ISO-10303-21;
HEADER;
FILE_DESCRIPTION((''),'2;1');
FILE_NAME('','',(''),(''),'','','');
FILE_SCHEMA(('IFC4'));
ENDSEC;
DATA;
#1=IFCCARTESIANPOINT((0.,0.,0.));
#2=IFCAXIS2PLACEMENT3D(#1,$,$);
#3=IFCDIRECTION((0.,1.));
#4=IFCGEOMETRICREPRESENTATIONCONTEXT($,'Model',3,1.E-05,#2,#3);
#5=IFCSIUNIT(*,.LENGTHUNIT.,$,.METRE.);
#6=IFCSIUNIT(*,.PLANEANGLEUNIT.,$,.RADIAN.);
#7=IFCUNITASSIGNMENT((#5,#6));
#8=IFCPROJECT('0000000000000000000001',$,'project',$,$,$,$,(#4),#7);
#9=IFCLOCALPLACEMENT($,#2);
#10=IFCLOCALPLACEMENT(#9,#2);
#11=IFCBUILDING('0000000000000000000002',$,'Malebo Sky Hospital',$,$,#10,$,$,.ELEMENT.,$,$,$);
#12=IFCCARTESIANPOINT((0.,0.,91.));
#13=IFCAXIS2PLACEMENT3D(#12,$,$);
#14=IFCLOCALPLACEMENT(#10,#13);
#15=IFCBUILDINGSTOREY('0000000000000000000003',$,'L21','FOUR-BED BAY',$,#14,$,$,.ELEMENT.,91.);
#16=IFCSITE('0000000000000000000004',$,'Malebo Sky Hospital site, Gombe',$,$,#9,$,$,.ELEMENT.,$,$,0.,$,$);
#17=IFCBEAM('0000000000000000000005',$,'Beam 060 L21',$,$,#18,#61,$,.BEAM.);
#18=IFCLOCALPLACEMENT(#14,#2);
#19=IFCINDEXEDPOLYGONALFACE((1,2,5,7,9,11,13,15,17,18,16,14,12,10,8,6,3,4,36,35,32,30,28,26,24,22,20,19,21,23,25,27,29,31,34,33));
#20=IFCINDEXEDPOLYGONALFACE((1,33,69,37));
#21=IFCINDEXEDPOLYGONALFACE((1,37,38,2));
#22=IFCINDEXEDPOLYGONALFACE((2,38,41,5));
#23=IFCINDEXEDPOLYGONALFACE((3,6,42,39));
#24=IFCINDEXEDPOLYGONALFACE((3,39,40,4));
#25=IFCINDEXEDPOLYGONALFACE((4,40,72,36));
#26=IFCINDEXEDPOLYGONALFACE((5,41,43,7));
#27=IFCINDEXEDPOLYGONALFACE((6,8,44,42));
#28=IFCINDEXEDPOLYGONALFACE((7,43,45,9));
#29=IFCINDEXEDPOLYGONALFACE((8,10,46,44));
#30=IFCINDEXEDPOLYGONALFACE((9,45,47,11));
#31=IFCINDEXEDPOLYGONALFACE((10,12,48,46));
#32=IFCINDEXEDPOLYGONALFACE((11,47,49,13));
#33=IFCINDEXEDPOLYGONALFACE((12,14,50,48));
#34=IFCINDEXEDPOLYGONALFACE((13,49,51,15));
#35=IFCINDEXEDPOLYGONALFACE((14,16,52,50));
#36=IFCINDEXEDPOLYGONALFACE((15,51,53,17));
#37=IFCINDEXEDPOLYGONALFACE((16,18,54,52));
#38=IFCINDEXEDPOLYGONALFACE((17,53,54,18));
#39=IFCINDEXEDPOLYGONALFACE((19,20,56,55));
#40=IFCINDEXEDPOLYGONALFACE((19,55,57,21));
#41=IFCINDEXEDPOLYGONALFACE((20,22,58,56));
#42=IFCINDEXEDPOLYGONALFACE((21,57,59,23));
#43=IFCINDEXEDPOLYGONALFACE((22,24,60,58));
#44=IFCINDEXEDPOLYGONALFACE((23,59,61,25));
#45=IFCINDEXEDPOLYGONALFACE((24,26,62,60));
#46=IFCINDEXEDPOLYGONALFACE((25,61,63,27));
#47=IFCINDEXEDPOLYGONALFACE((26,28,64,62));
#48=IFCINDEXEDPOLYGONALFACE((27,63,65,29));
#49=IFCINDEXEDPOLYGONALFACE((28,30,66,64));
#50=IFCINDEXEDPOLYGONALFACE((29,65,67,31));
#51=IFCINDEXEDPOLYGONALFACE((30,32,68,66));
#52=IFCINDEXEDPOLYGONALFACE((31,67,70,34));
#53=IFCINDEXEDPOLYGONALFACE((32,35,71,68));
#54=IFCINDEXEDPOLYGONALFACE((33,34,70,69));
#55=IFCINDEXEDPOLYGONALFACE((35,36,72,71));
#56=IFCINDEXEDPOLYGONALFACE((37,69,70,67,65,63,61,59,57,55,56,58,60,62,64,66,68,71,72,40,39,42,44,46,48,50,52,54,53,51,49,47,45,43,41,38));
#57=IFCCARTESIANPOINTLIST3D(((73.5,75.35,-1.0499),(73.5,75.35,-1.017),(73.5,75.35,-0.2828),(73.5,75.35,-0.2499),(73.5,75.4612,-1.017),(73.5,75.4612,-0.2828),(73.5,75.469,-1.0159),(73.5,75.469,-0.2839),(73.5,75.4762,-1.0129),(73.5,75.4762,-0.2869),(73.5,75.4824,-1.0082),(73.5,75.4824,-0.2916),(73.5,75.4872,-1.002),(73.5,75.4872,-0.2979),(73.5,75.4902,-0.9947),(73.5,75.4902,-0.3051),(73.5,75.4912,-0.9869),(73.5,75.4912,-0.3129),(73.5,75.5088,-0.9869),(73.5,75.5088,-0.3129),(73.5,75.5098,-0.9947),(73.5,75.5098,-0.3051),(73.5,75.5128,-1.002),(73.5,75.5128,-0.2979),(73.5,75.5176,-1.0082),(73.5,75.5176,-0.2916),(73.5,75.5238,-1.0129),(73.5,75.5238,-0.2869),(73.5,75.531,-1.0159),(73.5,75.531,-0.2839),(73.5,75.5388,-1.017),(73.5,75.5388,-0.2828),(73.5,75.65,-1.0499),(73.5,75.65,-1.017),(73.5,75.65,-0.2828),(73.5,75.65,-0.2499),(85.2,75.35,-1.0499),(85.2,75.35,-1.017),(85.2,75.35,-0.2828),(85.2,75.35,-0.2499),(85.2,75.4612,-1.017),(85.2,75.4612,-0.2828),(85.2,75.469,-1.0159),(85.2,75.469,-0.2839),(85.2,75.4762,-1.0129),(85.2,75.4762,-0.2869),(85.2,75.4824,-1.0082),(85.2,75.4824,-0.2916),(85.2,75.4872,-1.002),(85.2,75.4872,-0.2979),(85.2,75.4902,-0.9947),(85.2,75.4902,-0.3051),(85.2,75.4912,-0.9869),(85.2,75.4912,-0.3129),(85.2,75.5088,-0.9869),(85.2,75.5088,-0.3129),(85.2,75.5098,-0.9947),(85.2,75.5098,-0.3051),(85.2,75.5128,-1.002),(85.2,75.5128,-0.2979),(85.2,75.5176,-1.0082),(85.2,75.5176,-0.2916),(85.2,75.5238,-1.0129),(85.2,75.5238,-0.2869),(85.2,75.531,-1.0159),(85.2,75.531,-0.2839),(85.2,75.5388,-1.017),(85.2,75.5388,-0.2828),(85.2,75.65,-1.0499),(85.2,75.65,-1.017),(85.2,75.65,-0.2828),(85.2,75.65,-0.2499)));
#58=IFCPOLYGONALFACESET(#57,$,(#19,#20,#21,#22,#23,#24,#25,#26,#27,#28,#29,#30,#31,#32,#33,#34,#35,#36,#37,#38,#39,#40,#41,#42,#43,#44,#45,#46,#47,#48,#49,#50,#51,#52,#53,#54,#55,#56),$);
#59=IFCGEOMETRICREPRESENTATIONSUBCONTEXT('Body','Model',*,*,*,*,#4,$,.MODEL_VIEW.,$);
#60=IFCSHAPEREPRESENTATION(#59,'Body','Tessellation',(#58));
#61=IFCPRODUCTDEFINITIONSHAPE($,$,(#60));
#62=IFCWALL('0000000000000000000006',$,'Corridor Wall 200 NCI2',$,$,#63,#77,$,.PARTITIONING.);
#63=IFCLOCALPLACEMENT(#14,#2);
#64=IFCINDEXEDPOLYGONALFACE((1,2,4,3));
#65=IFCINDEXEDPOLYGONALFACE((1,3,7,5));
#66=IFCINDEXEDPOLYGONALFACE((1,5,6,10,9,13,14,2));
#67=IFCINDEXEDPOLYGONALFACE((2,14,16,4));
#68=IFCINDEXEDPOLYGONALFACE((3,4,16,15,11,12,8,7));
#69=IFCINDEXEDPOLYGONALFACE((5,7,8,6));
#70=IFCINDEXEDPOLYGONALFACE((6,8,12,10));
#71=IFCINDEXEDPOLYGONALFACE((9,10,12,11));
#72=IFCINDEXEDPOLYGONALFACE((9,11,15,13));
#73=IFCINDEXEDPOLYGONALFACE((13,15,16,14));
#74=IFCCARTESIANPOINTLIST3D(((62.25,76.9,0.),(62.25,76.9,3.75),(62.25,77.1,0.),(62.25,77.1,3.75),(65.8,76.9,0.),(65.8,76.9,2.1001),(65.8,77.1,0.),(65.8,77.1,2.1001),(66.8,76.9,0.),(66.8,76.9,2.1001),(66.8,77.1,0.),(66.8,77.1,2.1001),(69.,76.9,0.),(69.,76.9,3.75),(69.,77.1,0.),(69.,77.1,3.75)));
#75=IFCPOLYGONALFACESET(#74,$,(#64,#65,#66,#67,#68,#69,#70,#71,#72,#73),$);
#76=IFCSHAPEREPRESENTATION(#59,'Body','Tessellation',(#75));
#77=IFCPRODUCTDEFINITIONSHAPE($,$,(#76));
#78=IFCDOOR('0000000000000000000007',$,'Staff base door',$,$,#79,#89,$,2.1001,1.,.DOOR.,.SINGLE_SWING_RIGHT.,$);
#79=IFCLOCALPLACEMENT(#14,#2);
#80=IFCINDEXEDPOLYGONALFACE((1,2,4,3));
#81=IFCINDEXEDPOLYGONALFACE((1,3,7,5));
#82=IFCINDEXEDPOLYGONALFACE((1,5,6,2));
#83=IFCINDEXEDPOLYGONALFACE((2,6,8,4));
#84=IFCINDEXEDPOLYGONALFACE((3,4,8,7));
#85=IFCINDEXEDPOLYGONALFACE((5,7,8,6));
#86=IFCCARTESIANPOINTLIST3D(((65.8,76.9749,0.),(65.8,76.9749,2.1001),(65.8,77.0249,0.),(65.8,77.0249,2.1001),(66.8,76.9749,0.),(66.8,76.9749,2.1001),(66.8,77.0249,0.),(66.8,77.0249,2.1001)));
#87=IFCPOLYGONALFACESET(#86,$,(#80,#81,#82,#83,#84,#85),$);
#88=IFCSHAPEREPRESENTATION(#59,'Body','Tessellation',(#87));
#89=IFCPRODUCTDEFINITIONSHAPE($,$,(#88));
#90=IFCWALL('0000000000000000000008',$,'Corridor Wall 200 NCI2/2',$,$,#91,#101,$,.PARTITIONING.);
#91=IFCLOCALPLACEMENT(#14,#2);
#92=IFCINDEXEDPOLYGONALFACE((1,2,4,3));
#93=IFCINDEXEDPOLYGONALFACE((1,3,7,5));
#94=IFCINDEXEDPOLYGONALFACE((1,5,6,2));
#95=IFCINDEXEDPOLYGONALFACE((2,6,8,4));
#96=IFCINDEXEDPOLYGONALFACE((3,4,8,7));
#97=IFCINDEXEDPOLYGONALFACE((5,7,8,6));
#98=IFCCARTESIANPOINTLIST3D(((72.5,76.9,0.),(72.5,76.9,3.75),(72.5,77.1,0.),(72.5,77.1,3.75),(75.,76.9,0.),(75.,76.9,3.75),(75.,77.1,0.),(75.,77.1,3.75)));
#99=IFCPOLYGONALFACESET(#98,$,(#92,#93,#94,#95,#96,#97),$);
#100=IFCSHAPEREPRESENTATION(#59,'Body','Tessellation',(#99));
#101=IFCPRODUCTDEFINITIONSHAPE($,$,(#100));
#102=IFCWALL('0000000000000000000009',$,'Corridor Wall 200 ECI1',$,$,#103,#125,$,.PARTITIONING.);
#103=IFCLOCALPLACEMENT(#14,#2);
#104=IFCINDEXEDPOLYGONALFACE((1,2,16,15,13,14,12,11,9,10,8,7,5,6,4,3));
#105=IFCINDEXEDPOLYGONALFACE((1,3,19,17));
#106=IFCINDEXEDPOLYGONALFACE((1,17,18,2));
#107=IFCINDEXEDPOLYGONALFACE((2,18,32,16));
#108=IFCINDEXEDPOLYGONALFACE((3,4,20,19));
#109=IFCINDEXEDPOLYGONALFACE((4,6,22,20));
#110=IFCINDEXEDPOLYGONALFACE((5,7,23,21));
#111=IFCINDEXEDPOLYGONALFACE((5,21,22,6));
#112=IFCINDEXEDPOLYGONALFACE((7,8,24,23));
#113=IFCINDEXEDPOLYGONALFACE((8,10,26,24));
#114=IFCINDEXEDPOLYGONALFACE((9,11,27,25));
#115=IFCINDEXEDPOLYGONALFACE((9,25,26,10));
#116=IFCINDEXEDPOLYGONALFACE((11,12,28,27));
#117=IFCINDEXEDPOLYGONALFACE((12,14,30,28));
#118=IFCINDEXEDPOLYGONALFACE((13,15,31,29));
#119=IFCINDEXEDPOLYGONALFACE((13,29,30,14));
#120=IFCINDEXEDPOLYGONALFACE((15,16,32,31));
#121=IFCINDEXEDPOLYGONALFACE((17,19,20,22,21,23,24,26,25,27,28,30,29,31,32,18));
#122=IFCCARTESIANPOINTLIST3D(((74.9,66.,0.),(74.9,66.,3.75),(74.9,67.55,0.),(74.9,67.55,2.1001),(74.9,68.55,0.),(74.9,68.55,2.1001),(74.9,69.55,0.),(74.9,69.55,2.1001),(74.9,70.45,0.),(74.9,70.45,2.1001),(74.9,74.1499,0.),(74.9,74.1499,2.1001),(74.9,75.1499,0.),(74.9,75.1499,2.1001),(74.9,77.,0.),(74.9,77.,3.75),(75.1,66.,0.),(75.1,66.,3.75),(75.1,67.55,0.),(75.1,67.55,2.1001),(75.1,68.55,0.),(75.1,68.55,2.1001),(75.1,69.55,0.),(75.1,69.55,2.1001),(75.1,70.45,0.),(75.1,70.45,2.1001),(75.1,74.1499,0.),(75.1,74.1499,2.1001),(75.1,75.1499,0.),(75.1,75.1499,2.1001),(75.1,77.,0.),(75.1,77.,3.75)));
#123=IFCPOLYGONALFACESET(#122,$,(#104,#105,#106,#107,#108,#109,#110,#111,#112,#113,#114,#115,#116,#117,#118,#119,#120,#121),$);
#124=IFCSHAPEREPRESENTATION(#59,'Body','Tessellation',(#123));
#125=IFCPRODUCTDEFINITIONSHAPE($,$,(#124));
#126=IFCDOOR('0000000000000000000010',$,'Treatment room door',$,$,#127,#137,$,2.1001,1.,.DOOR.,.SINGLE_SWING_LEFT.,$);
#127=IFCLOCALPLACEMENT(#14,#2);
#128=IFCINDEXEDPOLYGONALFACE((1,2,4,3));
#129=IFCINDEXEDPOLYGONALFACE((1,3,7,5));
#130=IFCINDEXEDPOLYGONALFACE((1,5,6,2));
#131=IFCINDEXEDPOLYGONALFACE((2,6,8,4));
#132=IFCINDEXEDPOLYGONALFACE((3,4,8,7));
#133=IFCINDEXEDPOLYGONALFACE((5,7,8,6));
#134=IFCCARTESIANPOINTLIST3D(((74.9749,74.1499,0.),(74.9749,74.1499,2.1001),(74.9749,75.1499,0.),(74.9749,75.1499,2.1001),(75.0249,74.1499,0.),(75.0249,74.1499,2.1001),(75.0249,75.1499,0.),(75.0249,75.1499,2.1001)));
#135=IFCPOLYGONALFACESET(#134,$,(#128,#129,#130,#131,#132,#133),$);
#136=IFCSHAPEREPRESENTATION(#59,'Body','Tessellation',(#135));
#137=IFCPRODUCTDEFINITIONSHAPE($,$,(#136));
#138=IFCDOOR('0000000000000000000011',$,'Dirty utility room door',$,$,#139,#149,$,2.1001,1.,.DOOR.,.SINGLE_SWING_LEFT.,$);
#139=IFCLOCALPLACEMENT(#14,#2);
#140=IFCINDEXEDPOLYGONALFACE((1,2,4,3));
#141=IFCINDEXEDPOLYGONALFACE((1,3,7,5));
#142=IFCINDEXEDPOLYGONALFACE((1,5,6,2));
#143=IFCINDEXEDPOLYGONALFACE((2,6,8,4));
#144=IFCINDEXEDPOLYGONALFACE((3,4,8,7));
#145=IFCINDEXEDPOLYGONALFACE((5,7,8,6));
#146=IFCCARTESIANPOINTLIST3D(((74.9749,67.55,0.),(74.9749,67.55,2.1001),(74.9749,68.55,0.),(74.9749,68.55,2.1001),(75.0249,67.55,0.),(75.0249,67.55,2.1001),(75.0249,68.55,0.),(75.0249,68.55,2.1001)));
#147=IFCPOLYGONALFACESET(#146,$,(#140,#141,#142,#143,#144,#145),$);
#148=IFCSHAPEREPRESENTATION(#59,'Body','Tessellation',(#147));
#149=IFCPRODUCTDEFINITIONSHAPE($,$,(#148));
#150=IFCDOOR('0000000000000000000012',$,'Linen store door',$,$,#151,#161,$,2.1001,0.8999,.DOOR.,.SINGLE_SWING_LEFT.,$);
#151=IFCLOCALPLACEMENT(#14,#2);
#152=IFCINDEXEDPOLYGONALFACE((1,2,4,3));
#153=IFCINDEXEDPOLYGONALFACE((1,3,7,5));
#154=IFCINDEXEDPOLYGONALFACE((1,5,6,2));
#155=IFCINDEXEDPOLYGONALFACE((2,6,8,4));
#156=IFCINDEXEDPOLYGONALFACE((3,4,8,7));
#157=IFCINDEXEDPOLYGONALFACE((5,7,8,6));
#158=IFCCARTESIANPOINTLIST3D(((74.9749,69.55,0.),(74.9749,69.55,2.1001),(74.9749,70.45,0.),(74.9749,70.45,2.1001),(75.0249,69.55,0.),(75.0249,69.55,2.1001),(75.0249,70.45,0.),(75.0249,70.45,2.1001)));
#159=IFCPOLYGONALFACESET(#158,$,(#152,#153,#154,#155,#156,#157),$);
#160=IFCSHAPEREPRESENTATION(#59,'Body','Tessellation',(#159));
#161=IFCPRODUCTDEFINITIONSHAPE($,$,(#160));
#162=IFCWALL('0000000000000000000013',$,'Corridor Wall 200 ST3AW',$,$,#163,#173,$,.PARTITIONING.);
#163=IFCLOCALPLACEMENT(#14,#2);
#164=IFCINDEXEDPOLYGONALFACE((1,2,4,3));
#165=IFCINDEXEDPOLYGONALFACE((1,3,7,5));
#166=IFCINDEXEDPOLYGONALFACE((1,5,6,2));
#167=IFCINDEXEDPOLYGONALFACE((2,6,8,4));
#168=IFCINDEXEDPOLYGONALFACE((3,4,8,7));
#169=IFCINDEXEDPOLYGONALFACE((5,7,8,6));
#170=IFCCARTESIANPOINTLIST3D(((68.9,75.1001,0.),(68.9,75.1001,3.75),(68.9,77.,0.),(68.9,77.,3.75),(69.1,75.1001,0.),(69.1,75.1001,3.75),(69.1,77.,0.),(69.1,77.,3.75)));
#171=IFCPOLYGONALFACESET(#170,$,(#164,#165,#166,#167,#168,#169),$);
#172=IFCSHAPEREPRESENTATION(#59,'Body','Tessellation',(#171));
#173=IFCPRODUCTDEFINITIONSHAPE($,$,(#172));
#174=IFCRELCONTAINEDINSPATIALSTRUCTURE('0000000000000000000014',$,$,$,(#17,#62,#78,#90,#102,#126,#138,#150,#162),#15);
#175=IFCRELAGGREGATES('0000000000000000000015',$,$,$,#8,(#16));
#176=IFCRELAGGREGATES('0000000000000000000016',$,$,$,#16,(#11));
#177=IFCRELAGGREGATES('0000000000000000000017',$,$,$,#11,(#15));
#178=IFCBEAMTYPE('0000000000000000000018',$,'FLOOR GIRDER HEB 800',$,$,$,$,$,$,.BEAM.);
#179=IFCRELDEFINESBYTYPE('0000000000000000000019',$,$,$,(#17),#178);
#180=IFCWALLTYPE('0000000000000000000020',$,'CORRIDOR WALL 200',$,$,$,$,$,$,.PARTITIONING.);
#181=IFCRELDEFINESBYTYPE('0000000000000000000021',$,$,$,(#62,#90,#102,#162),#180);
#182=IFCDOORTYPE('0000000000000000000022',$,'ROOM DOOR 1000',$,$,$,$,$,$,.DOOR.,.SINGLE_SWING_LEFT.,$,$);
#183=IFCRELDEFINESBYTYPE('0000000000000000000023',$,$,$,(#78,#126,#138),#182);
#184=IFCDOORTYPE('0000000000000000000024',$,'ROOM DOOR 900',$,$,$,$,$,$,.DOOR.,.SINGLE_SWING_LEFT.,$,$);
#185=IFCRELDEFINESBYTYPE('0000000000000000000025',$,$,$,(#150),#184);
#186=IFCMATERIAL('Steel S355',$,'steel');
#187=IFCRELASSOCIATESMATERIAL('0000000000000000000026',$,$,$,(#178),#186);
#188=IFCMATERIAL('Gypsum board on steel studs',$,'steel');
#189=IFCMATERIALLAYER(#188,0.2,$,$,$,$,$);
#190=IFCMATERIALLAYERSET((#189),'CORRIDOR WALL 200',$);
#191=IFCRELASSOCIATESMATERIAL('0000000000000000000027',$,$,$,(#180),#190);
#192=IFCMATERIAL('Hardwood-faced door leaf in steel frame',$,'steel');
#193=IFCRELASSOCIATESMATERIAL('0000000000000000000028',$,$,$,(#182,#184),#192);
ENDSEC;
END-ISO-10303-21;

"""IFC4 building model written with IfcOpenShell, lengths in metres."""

from ifc_helpers import new_model, si_unit, direction, frame, frame_2d, origin, origin_2d, place, context, subcontext, project, spatial, rectangle, i_section, extrude, material, layer, layer_set, material_profile, profile_set, type_object, element, fill, save


model = new_model("IFC4")

# Units and contexts
model_context = context("Model", 3, precision=1e-05, world=origin(), true_north=direction((0.0, 1.0)))
body_context = subcontext(model_context, "Body", "Model", "MODEL_VIEW")
ifc_project = project(units=[si_unit("LENGTHUNIT", "METRE"), si_unit("PLANEANGLEUNIT", "RADIAN")], contexts=[model_context])

# Site, building, storey
site_placement = place(None, origin())
site = spatial("IfcSite", under=ifc_project, at=site_placement, Name="Malebo Sky Hospital site, Gombe", CompositionType="ELEMENT", RefElevation=0.0)
building_placement = place(site_placement, origin())
building = spatial("IfcBuilding", under=site, at=building_placement, Name="Malebo Sky Hospital", CompositionType="ELEMENT")
storey_placement = place(building_placement, frame((0.0, 0.0, 91.0)))
storey = spatial("IfcBuildingStorey", under=building, at=storey_placement, Name="L21", Description="FOUR-BED BAY", CompositionType="ELEMENT", Elevation=91.0)

# Beam
ifc_material_1 = material(Name="Steel S355", Category="steel")
ifc_material_profile_1 = material_profile(ifc_material_1, i_section(OverallWidth=0.3, OverallDepth=0.8, WebThickness=0.0176, FlangeThickness=0.033, FilletRadius=0.03, at=origin_2d()), Name="HEB 800")
ifc_profile_set_1 = profile_set([ifc_material_profile_1], Name="Steel S355")
beam_type_1 = type_object("IfcBeamType", Name="FLOOR GIRDER HEB 800", PredefinedType="BEAM", material=ifc_profile_set_1)
for number, where, z_axis, x_axis, name in (
    (1, (73.5, 75.5, -0.6499), (1.0, 0.0, 0.0), (0.0, 1.0, 0.0), "Beam 060 L21"),
):
    element("IfcBeam", number, at=place(storey_placement, frame(where, z_axis=z_axis, x_axis=x_axis)), inside=storey, type_object=beam_type_1, Name=name, PredefinedType="BEAM", context=body_context, shape_type="SweptSolid", body=[
        extrude(i_section(OverallWidth=0.3, OverallDepth=0.8, WebThickness=0.0176, FlangeThickness=0.033, FilletRadius=0.03, at=origin_2d()), origin(), (0.0, 0.0, 1.0), 11.7),
    ])

# Wall, opening, door
ifc_material_2 = material(Name="Gypsum board on steel studs", Category="steel")
ifc_layer_1 = layer(ifc_material_2, 0.2)
ifc_layer_set_1 = layer_set([ifc_layer_1], Name="CORRIDOR WALL 200")
wall_type_1 = type_object("IfcWallType", Name="CORRIDOR WALL 200", PredefinedType="PARTITIONING", material=ifc_layer_set_1)
wall_1_placement = place(storey_placement, frame((62.25, 77.0, 0.0), z_axis=(0.0, 0.0, 1.0), x_axis=(1.0, 0.0, 0.0)))
wall_1 = element("IfcWall", 2, at=wall_1_placement, inside=storey, type_object=wall_type_1, Name="Corridor Wall 200 NCI2", PredefinedType="PARTITIONING", context=body_context, shape_type="SweptSolid", body=[
    extrude(rectangle(XDim=6.75, YDim=0.2, at=frame_2d((3.375, 0.0))), origin(), (0.0, 0.0, 1.0), 3.75),
])
opening_1_placement = place(wall_1_placement, frame((3.55, 0.0, 0.0)))
opening_1 = element("IfcOpeningElement", 3, at=opening_1_placement, cuts=wall_1, PredefinedType="OPENING", context=body_context, shape_type="SweptSolid", body=[
    extrude(rectangle(XDim=1.0, YDim=2.1001, at=frame_2d((0.5, 1.05))), frame((0.0, 0.1099, 0.0), z_axis=(0.0, -1.0, 0.0), x_axis=(1.0, 0.0, 0.0)), (0.0, 0.0, 1.0), 0.22),
])
ifc_material_3 = material(Name="Hardwood-faced door leaf in steel frame", Category="steel")
door_type_1 = type_object("IfcDoorType", Name="ROOM DOOR 1000", OperationType="SINGLE_SWING_LEFT", PredefinedType="DOOR", material=ifc_material_3)
door_1_placement = place(opening_1_placement, origin())
door_1 = element("IfcDoor", 4, at=door_1_placement, inside=storey, type_object=door_type_1, Name="Staff base door", OperationType="SINGLE_SWING_RIGHT", OverallHeight=2.1001, OverallWidth=1.0, PredefinedType="DOOR", context=body_context, shape_type="SweptSolid", body=[
    extrude(rectangle(XDim=1.0, YDim=2.1001, at=frame_2d((0.5, 1.05))), frame((0.0, 0.0249, 0.0), z_axis=(0.0, -1.0, 0.0), x_axis=(1.0, 0.0, 0.0)), (0.0, 0.0, 1.0), 0.05),
])
fill(opening_1, door_1)

# Wall
wall_2_placement = place(storey_placement, frame((72.5, 77.0, 0.0), z_axis=(0.0, 0.0, 1.0), x_axis=(1.0, 0.0, 0.0)))
element("IfcWall", 5, at=wall_2_placement, inside=storey, type_object=wall_type_1, Name="Corridor Wall 200 NCI2/2", PredefinedType="PARTITIONING", context=body_context, shape_type="SweptSolid", body=[
    extrude(rectangle(XDim=2.5, YDim=0.2, at=frame_2d((1.25, 0.0))), origin(), (0.0, 0.0, 1.0), 3.75),
])

# Wall, openings, doors
wall_3_placement = place(storey_placement, frame((75.0, 77.0, 0.0), z_axis=(0.0, 0.0, 1.0), x_axis=(0.0, -1.0, 0.0)))
wall_3 = element("IfcWall", 6, at=wall_3_placement, inside=storey, type_object=wall_type_1, Name="Corridor Wall 200 ECI1", PredefinedType="PARTITIONING", context=body_context, shape_type="SweptSolid", body=[
    extrude(rectangle(XDim=11.0, YDim=0.2, at=frame_2d((5.5, 0.0))), origin(), (0.0, 0.0, 1.0), 3.75),
])
opening_2_placement = place(wall_3_placement, frame((1.8501, 0.0, 0.0)))
opening_2 = element("IfcOpeningElement", 7, at=opening_2_placement, cuts=wall_3, PredefinedType="OPENING", context=body_context, shape_type="SweptSolid", body=[
    extrude(rectangle(XDim=1.0, YDim=2.1001, at=frame_2d((0.5, 1.05))), frame((0.0, 0.1099, 0.0), z_axis=(0.0, -1.0, 0.0), x_axis=(1.0, 0.0, 0.0)), (0.0, 0.0, 1.0), 0.22),
])
opening_3_placement = place(wall_3_placement, frame((6.55, 0.0, 0.0)))
opening_3 = element("IfcOpeningElement", 8, at=opening_3_placement, cuts=wall_3, PredefinedType="OPENING", context=body_context, shape_type="SweptSolid", body=[
    extrude(rectangle(XDim=0.8999, YDim=2.1001, at=frame_2d((0.45, 1.05))), frame((0.0, 0.1099, 0.0), z_axis=(0.0, -1.0, 0.0), x_axis=(1.0, 0.0, 0.0)), (0.0, 0.0, 1.0), 0.22),
])
opening_4_placement = place(wall_3_placement, frame((8.45, 0.0, 0.0)))
opening_4 = element("IfcOpeningElement", 9, at=opening_4_placement, cuts=wall_3, PredefinedType="OPENING", context=body_context, shape_type="SweptSolid", body=[
    extrude(rectangle(XDim=1.0, YDim=2.1001, at=frame_2d((0.5, 1.05))), frame((0.0, 0.1099, 0.0), z_axis=(0.0, -1.0, 0.0), x_axis=(1.0, 0.0, 0.0)), (0.0, 0.0, 1.0), 0.22),
])
door_2_placement = place(opening_2_placement, origin())
door_2 = element("IfcDoor", 10, at=door_2_placement, inside=storey, type_object=door_type_1, Name="Treatment room door", OperationType="SINGLE_SWING_LEFT", OverallHeight=2.1001, OverallWidth=1.0, PredefinedType="DOOR", context=body_context, shape_type="SweptSolid", body=[
    extrude(rectangle(XDim=1.0, YDim=2.1001, at=frame_2d((0.5, 1.05))), frame((0.0, 0.0249, 0.0), z_axis=(0.0, -1.0, 0.0), x_axis=(1.0, 0.0, 0.0)), (0.0, 0.0, 1.0), 0.05),
])
fill(opening_2, door_2)
door_3_placement = place(opening_4_placement, origin())
door_3 = element("IfcDoor", 11, at=door_3_placement, inside=storey, type_object=door_type_1, Name="Dirty utility room door", OperationType="SINGLE_SWING_LEFT", OverallHeight=2.1001, OverallWidth=1.0, PredefinedType="DOOR", context=body_context, shape_type="SweptSolid", body=[
    extrude(rectangle(XDim=1.0, YDim=2.1001, at=frame_2d((0.5, 1.05))), frame((0.0, 0.0249, 0.0), z_axis=(0.0, -1.0, 0.0), x_axis=(1.0, 0.0, 0.0)), (0.0, 0.0, 1.0), 0.05),
])
fill(opening_4, door_3)
door_type_2 = type_object("IfcDoorType", Name="ROOM DOOR 900", OperationType="SINGLE_SWING_LEFT", PredefinedType="DOOR", material=ifc_material_3)
door_4_placement = place(opening_3_placement, origin())
door_4 = element("IfcDoor", 12, at=door_4_placement, inside=storey, type_object=door_type_2, Name="Linen store door", OperationType="SINGLE_SWING_LEFT", OverallHeight=2.1001, OverallWidth=0.8999, PredefinedType="DOOR", context=body_context, shape_type="SweptSolid", body=[
    extrude(rectangle(XDim=0.8999, YDim=2.1001, at=frame_2d((0.45, 1.05))), frame((0.0, 0.0249, 0.0), z_axis=(0.0, -1.0, 0.0), x_axis=(1.0, 0.0, 0.0)), (0.0, 0.0, 1.0), 0.05),
])
fill(opening_3, door_4)

# Wall
for number, where, z_axis, x_axis, name in (
    (13, (69.0, 75.1001, 0.0), (0.0, 0.0, 1.0), (0.0, 1.0, 0.0), "Corridor Wall 200 ST3AW"),
):
    element("IfcWall", number, at=place(storey_placement, frame(where, z_axis=z_axis, x_axis=x_axis)), inside=storey, type_object=wall_type_1, Name=name, PredefinedType="PARTITIONING", context=body_context, shape_type="SweptSolid", body=[
        extrude(rectangle(XDim=1.8999, YDim=0.2, at=frame_2d((0.95, 0.0))), origin(), (0.0, 0.0, 1.0), 3.75),
    ])

save(model, "model.ifc")
